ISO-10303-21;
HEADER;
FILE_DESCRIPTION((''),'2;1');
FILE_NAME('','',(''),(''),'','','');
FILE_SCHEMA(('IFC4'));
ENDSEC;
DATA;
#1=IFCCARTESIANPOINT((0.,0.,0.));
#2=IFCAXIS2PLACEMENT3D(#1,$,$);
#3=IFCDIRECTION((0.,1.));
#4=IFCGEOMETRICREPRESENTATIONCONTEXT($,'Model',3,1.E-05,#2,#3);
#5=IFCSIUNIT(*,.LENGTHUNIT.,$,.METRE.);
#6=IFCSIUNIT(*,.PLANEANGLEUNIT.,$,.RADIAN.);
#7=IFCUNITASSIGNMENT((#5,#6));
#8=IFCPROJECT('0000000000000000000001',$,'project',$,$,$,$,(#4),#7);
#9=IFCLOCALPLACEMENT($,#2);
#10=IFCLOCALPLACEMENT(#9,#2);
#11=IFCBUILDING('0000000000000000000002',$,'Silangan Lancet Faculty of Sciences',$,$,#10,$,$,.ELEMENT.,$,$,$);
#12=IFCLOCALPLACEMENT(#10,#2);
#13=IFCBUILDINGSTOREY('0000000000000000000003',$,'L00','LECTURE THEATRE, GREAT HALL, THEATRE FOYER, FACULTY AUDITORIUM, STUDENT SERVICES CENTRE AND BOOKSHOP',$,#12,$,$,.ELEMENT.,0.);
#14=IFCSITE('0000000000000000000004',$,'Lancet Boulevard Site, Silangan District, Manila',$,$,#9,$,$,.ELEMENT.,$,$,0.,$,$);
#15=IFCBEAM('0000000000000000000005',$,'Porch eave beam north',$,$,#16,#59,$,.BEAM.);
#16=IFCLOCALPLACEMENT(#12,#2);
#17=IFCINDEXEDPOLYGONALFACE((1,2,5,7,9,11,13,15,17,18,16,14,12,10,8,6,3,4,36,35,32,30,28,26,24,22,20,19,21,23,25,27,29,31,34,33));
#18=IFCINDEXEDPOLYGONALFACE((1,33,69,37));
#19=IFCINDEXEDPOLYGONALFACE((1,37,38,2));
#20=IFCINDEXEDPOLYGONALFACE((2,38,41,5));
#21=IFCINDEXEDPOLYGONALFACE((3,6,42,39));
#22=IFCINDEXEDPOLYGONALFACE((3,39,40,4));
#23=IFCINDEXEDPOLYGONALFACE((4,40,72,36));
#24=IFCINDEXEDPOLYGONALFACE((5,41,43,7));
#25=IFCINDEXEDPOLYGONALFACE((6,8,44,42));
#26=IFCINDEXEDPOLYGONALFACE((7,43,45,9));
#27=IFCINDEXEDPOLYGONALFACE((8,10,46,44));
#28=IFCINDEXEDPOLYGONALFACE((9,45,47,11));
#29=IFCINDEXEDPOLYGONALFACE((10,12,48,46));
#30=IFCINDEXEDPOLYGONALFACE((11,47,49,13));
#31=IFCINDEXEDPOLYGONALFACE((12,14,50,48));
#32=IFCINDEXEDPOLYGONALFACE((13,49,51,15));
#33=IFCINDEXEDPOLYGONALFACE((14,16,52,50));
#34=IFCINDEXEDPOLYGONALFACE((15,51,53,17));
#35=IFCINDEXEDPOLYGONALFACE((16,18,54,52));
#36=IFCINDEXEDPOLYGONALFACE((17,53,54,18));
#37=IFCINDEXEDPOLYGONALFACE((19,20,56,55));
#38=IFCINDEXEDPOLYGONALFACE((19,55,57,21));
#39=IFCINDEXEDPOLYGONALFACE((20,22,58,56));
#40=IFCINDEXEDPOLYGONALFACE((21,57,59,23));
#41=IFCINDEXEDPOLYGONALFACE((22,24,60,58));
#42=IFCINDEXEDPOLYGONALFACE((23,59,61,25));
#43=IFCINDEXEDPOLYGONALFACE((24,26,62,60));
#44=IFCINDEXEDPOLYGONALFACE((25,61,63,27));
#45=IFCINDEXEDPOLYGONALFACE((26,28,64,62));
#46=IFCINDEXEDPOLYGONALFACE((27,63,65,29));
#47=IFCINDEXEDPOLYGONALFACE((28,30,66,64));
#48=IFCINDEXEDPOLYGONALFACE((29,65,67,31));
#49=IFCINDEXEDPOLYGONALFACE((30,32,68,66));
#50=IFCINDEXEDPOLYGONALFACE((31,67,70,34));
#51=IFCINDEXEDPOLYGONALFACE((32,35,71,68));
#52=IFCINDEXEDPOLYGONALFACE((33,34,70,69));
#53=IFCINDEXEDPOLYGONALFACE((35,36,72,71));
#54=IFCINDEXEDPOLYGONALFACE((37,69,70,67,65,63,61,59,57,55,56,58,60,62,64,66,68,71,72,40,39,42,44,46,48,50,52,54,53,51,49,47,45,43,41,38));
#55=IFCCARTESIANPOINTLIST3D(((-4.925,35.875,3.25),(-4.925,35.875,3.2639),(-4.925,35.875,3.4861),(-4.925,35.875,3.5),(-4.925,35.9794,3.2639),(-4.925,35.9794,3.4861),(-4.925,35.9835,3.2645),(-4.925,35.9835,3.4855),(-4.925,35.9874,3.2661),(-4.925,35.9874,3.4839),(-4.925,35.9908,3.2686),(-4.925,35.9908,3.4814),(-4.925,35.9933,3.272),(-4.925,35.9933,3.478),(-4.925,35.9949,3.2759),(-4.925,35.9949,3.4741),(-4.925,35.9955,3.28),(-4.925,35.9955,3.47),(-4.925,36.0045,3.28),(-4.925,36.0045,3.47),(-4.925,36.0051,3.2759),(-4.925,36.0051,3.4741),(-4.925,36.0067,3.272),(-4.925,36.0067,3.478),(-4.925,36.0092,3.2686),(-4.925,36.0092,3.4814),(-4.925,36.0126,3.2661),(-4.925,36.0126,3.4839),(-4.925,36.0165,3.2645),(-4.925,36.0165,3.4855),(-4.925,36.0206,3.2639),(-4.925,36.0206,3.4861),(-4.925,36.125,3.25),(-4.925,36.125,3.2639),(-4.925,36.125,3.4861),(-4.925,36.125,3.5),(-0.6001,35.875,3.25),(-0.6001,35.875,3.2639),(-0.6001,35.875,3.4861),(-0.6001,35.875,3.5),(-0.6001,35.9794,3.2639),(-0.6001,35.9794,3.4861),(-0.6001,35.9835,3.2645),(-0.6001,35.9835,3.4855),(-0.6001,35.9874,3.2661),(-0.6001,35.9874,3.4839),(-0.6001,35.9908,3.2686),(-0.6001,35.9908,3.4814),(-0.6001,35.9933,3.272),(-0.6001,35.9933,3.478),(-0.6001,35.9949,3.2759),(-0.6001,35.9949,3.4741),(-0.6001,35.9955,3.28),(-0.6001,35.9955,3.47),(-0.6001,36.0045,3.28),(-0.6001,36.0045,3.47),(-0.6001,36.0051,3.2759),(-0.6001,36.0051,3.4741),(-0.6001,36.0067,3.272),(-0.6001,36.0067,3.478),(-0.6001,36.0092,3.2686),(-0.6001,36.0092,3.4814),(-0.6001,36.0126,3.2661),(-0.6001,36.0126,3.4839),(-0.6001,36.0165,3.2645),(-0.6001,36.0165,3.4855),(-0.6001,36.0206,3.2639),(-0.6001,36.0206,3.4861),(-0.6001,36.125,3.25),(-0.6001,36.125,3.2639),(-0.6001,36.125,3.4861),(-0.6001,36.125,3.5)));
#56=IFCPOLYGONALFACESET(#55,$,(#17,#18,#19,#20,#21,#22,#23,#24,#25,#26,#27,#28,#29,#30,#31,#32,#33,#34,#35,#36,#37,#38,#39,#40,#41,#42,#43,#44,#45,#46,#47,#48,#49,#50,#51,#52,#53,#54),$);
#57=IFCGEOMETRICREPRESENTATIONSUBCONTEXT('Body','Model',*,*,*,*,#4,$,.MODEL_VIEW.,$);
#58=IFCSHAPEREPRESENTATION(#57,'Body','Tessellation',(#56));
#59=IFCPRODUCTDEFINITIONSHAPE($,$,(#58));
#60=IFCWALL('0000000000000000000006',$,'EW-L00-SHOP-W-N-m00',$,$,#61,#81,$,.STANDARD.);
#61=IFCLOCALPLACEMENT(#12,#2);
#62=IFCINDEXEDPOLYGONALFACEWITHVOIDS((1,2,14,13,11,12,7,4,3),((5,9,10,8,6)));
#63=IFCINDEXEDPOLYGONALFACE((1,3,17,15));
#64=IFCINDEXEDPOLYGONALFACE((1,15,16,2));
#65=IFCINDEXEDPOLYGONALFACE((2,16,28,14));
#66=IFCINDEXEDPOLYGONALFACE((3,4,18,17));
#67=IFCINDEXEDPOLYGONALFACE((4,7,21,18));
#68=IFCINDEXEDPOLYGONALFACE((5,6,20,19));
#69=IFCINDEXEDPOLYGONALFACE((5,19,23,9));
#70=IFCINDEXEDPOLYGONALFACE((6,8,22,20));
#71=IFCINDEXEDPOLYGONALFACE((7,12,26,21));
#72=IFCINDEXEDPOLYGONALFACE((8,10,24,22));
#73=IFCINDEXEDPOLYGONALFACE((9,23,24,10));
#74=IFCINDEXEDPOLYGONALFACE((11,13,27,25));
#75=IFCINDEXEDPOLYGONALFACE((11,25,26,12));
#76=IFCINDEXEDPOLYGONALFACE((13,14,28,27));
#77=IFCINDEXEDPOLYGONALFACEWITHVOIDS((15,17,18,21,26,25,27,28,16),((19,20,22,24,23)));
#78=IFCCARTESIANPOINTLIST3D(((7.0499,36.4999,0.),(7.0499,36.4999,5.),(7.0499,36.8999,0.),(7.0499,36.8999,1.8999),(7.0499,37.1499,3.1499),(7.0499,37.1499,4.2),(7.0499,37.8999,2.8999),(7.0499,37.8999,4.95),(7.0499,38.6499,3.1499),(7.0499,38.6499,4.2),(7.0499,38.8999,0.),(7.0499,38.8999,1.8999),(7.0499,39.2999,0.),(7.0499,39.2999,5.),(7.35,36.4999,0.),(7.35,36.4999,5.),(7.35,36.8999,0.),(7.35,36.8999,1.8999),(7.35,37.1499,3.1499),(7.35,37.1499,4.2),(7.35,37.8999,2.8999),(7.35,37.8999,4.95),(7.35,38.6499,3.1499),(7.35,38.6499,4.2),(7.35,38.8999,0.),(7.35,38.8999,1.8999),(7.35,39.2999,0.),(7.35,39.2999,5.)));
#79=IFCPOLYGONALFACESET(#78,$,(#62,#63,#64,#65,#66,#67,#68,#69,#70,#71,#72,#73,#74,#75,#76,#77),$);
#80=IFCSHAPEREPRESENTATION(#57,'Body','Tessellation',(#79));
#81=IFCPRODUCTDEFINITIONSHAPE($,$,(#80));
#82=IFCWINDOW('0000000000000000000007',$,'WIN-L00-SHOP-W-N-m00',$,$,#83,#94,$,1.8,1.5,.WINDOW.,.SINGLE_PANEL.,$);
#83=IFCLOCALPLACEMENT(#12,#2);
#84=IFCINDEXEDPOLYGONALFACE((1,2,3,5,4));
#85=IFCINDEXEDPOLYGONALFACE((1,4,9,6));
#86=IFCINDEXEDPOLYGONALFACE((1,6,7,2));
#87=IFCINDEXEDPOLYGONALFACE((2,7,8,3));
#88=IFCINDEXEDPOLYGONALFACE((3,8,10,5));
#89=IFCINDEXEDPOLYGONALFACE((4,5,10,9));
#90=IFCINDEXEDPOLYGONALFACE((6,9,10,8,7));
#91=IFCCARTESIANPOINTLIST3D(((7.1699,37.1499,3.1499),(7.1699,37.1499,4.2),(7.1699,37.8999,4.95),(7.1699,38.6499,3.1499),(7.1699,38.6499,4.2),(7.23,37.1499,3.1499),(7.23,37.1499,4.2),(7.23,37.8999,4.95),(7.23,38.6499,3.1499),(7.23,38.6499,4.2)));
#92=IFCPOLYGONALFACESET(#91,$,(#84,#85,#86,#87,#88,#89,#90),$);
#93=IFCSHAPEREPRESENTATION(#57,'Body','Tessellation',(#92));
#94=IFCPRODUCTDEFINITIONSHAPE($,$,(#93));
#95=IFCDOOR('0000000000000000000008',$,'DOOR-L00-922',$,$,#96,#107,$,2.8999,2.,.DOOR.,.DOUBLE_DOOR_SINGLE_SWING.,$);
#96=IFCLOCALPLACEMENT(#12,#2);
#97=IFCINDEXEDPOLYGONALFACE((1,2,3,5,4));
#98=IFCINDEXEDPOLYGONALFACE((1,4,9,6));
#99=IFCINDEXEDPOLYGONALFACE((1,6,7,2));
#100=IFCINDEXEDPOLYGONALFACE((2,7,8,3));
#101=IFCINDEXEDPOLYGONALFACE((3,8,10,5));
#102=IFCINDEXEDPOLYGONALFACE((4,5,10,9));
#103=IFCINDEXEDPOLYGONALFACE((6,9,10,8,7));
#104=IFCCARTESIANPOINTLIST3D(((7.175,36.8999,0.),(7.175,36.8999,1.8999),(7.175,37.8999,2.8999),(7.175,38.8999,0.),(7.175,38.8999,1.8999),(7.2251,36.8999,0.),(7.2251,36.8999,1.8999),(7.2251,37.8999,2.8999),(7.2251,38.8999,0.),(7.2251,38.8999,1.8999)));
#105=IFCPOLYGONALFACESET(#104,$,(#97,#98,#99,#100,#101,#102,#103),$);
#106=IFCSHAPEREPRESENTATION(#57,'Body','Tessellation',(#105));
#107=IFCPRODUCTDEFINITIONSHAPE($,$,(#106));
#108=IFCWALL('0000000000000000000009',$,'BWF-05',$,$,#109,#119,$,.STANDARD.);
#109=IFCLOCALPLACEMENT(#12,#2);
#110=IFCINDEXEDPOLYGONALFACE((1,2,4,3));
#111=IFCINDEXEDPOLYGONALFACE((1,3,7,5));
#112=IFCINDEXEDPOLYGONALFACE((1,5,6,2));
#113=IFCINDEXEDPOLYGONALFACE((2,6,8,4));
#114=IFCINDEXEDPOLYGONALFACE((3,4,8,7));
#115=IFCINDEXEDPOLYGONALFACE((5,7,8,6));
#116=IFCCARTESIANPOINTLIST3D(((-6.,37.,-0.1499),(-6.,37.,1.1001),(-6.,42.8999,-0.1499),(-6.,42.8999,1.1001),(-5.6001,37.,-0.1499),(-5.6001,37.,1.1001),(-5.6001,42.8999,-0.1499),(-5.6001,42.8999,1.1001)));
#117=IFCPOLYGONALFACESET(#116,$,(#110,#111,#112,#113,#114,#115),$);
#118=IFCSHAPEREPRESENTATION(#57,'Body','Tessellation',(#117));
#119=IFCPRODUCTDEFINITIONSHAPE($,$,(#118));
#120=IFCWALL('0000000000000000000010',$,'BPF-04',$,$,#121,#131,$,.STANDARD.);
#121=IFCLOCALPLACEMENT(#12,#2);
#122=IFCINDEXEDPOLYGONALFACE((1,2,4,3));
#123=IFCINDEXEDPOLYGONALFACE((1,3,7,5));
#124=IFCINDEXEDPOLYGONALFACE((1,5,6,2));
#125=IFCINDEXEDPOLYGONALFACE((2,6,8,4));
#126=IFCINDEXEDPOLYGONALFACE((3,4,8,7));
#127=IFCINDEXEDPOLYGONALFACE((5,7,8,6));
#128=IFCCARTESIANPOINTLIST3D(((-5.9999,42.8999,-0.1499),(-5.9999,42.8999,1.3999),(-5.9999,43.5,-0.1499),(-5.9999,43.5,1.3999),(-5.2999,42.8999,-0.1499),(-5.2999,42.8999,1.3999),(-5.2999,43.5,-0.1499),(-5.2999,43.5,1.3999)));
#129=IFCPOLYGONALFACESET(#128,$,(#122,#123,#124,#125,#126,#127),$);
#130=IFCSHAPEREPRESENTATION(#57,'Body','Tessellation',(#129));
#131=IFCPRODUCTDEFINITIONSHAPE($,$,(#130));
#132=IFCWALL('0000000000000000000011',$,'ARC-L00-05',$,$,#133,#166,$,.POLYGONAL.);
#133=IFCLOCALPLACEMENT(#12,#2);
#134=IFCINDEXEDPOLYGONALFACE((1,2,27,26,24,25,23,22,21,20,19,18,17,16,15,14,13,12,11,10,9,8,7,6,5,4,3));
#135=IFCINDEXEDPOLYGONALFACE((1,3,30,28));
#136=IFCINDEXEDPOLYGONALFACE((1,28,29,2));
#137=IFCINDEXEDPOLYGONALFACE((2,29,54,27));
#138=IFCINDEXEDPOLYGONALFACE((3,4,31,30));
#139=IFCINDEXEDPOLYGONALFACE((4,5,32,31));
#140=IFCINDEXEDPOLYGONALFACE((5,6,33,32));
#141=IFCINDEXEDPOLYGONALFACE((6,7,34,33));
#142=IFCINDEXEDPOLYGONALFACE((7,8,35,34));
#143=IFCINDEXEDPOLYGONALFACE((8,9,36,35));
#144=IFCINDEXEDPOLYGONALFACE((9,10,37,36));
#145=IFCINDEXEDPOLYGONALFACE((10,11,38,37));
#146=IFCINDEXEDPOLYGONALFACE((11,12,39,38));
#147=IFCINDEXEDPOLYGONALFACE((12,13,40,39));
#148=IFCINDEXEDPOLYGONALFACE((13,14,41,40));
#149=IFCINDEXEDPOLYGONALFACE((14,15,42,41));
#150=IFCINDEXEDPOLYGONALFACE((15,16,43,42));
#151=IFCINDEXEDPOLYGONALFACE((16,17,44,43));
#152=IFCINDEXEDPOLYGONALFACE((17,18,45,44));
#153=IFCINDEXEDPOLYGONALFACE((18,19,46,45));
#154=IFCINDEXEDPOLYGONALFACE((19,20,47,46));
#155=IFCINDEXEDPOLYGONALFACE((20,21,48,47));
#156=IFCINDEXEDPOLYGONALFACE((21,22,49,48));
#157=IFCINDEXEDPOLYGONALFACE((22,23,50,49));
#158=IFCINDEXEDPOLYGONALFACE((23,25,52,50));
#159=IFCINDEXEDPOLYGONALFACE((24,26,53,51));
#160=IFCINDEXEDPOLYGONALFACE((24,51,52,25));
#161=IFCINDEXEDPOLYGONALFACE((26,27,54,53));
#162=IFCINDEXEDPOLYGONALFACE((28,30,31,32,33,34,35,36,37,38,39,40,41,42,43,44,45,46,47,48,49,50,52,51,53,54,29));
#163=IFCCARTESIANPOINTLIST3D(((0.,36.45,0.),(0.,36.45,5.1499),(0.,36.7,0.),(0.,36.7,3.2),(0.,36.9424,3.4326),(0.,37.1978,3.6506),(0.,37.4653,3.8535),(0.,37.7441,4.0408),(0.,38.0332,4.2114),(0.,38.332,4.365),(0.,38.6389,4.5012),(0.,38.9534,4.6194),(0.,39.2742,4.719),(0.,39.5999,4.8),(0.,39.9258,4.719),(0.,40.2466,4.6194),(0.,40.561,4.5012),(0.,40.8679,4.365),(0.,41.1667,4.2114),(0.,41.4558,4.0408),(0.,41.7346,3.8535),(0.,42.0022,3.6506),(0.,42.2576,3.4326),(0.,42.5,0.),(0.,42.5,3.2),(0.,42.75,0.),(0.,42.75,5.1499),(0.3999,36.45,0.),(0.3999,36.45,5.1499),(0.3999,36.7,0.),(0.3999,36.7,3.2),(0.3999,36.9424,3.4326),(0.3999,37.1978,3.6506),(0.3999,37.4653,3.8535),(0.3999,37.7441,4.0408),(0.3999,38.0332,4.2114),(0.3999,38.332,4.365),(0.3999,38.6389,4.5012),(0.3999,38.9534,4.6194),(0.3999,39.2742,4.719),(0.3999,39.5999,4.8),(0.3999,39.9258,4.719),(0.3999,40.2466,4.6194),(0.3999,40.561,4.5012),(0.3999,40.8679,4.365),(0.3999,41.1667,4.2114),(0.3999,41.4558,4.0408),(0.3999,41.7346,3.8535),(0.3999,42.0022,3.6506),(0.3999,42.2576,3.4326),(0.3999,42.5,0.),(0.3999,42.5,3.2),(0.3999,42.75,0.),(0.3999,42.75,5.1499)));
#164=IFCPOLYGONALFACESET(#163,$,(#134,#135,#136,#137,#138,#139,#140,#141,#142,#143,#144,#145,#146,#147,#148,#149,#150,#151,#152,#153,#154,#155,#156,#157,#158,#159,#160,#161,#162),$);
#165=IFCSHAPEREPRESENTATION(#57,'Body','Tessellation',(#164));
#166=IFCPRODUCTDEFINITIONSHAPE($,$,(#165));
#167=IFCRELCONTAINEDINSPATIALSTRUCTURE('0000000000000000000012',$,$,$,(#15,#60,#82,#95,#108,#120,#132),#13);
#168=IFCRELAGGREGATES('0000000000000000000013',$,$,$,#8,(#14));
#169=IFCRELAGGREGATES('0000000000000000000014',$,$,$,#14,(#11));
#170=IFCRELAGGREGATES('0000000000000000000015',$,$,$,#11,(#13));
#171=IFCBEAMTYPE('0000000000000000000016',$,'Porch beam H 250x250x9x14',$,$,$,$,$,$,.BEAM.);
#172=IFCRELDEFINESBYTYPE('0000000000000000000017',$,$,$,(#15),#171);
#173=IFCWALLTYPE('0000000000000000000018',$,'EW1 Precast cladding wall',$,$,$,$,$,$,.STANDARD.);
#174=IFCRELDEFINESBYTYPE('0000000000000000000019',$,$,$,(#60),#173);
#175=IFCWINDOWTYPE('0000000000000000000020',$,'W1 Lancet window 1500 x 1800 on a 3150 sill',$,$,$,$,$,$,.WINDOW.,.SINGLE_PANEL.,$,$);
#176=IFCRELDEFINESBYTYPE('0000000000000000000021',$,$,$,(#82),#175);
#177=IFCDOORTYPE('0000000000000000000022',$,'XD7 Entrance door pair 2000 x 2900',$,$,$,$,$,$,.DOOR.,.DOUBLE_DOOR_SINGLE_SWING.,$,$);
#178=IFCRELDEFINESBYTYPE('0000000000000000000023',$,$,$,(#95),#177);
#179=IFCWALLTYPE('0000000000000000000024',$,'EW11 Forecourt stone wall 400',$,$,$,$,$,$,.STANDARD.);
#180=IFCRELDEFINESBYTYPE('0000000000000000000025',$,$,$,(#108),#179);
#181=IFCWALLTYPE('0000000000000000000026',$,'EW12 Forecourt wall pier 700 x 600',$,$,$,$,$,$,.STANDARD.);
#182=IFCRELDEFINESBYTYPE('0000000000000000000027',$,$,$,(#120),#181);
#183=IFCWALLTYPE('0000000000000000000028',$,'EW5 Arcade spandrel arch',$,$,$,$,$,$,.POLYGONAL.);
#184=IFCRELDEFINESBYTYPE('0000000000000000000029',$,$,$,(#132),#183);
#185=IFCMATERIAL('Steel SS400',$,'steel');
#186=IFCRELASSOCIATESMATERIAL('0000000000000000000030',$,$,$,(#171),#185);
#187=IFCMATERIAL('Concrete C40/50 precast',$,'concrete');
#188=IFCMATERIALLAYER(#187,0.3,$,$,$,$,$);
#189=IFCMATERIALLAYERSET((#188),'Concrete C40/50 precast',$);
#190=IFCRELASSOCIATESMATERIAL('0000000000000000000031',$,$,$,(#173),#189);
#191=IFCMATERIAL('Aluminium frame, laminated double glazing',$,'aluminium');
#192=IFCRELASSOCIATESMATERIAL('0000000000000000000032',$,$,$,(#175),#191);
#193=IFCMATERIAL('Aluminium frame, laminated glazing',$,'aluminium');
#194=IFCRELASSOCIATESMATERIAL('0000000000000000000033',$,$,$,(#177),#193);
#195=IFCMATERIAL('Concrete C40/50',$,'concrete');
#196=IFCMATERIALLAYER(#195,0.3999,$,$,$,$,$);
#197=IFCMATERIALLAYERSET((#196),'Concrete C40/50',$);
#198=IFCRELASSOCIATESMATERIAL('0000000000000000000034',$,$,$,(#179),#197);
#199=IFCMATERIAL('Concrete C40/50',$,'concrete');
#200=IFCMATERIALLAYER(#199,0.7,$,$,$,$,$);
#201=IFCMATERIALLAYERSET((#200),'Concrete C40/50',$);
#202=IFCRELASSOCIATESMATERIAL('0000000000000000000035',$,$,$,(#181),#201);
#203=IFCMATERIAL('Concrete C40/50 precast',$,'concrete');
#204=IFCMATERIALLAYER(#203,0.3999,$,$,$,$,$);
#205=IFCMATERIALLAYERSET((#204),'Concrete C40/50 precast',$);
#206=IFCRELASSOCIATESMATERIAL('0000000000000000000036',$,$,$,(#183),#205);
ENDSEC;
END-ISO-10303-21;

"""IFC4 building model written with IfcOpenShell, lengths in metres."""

from ifc_helpers import new_model, si_unit, direction, frame, frame_2d, origin, origin_2d, place, context, subcontext, project, spatial, polyline, rectangle, i_section, outline, extrude, material, layer, layer_set, material_profile, profile_set, type_object, element, fill, save


model = new_model("IFC4")

# Units and contexts
model_context = context("Model", 3, precision=1e-05, world=origin(), true_north=direction((0.0, 1.0)))
body_context = subcontext(model_context, "Body", "Model", "MODEL_VIEW")
ifc_project = project(units=[si_unit("LENGTHUNIT", "METRE"), si_unit("PLANEANGLEUNIT", "RADIAN")], contexts=[model_context])

# Site, building, storey
site_placement = place(None, origin())
site = spatial("IfcSite", under=ifc_project, at=site_placement, Name="Lancet Boulevard Site, Silangan District, Manila", CompositionType="ELEMENT", RefElevation=0.0)
building_placement = place(site_placement, origin())
building = spatial("IfcBuilding", under=site, at=building_placement, Name="Silangan Lancet Faculty of Sciences", CompositionType="ELEMENT")
storey_placement = place(building_placement, origin())
storey = spatial("IfcBuildingStorey", under=building, at=storey_placement, Name="L00", Description="LECTURE THEATRE, GREAT HALL, THEATRE FOYER, FACULTY AUDITORIUM, STUDENT SERVICES CENTRE AND BOOKSHOP", CompositionType="ELEMENT", Elevation=0.0)

# Beam
ifc_material_1 = material(Name="Steel SS400", Category="steel")
ifc_material_profile_1 = material_profile(ifc_material_1, i_section(OverallWidth=0.25, OverallDepth=0.25, WebThickness=0.009, FlangeThickness=0.0139, FilletRadius=0.0161, at=origin_2d()), Name="H 250x250x9x14")
ifc_profile_set_1 = profile_set([ifc_material_profile_1], Name="Steel SS400")
beam_type_1 = type_object("IfcBeamType", Name="Porch beam H 250x250x9x14", PredefinedType="BEAM", material=ifc_profile_set_1)
beam_1_placement = place(storey_placement, frame((-0.6001, 36.0, 3.375), z_axis=(-1.0, 0.0, 0.0), x_axis=(0.0, -1.0, 0.0)))
element("IfcBeam", 1, at=beam_1_placement, inside=storey, type_object=beam_type_1, Name="Porch eave beam north", PredefinedType="BEAM", context=body_context, shape_type="SweptSolid", body=[
    extrude(i_section(OverallWidth=0.25, OverallDepth=0.25, WebThickness=0.009, FlangeThickness=0.0139, FilletRadius=0.0161, at=origin_2d()), origin(), (0.0, 0.0, 1.0), 4.325),
])

# Wall, openings, window, door
ifc_material_2 = material(Name="Concrete C40/50 precast", Category="concrete")
ifc_layer_1 = layer(ifc_material_2, 0.3)
ifc_layer_set_1 = layer_set([ifc_layer_1], Name="Concrete C40/50 precast")
wall_type_1 = type_object("IfcWallType", Name="EW1 Precast cladding wall", PredefinedType="STANDARD", material=ifc_layer_set_1)
wall_1_placement = place(storey_placement, frame((7.2, 36.5, 0.0), z_axis=(0.0, 0.0, 1.0), x_axis=(0.0, 1.0, 0.0)))
wall_1 = element("IfcWall", 2, at=wall_1_placement, inside=storey, type_object=wall_type_1, Name="EW-L00-SHOP-W-N-m00", PredefinedType="STANDARD", context=body_context, shape_type="SweptSolid", body=[
    extrude(rectangle(XDim=2.8, YDim=0.3, at=frame_2d((1.3999, 0.0))), origin(), (0.0, 0.0, 1.0), 5.0),
])
opening_1_placement = place(wall_1_placement, frame((0.3999, 0.0, 0.0)))
opening_1 = element("IfcOpeningElement", 3, at=opening_1_placement, cuts=wall_1, PredefinedType="OPENING", context=body_context, shape_type="SweptSolid", body=[
    extrude(outline(polyline([(0.0, 0.0), (2.0, 0.0), (2.0, 1.8999), (1.0, 2.8999), (0.0, 1.8999), (0.0, 0.0)])), frame((0.0, 0.1599, 0.0), z_axis=(0.0, -1.0, 0.0), x_axis=(1.0, 0.0, 0.0)), (0.0, 0.0, 1.0), 0.3201),
])
opening_2_placement = place(wall_1_placement, frame((0.6499, 0.0, 3.1499)))
opening_2 = element("IfcOpeningElement", 4, at=opening_2_placement, cuts=wall_1, PredefinedType="OPENING", context=body_context, shape_type="SweptSolid", body=[
    extrude(outline(polyline([(0.0, 0.0), (1.5, 0.0), (1.5, 1.05), (0.75, 1.8), (0.0, 1.05), (0.0, 0.0)])), frame((0.0, 0.1599, 0.0), z_axis=(0.0, -1.0, 0.0), x_axis=(1.0, 0.0, 0.0)), (0.0, 0.0, 1.0), 0.3201),
])
ifc_material_3 = material(Name="Aluminium frame, laminated double glazing", Category="aluminium")
window_type = type_object("IfcWindowType", Name="W1 Lancet window 1500 x 1800 on a 3150 sill", PartitioningType="SINGLE_PANEL", PredefinedType="WINDOW", material=ifc_material_3)
window_placement = place(opening_2_placement, origin())
window = element("IfcWindow", 5, at=window_placement, inside=storey, type_object=window_type, Name="WIN-L00-SHOP-W-N-m00", OverallHeight=1.8, OverallWidth=1.5, PartitioningType="SINGLE_PANEL", PredefinedType="WINDOW", context=body_context, shape_type="SweptSolid", body=[
    extrude(outline(polyline([(0.0, 0.0), (1.5, 0.0), (1.5, 1.05), (0.75, 1.8), (0.0, 1.05), (0.0, 0.0)])), frame((0.0, 0.03, 0.0), z_axis=(0.0, -1.0, 0.0), x_axis=(1.0, 0.0, 0.0)), (0.0, 0.0, 1.0), 0.0601),
])
fill(opening_2, window)
ifc_material_4 = material(Name="Aluminium frame, laminated glazing", Category="aluminium")
door_type = type_object("IfcDoorType", Name="XD7 Entrance door pair 2000 x 2900", OperationType="DOUBLE_DOOR_SINGLE_SWING", PredefinedType="DOOR", material=ifc_material_4)
door_placement = place(opening_1_placement, origin())
door = element("IfcDoor", 6, at=door_placement, inside=storey, type_object=door_type, Name="DOOR-L00-922", OperationType="DOUBLE_DOOR_SINGLE_SWING", OverallHeight=2.8999, OverallWidth=2.0, PredefinedType="DOOR", context=body_context, shape_type="SweptSolid", body=[
    extrude(outline(polyline([(0.0, 0.0), (2.0, 0.0), (2.0, 1.8999), (1.0, 2.8999), (0.0, 1.8999), (0.0, 0.0)])), frame((0.0, 0.0249, 0.0), z_axis=(0.0, -1.0, 0.0), x_axis=(1.0, 0.0, 0.0)), (0.0, 0.0, 1.0), 0.05),
])
fill(opening_1, door)

# Walls
ifc_material_5 = material(Name="Concrete C40/50", Category="concrete")
ifc_layer_2 = layer(ifc_material_5, 0.3999)
ifc_layer_set_2 = layer_set([ifc_layer_2], Name="Concrete C40/50")
wall_type_2 = type_object("IfcWallType", Name="EW11 Forecourt stone wall 400", PredefinedType="STANDARD", material=ifc_layer_set_2)
wall_2_placement = place(storey_placement, frame((-5.8, 37.0, -0.1499), z_axis=(0.0, 0.0, 1.0), x_axis=(0.0, 1.0, 0.0)))
element("IfcWall", 7, at=wall_2_placement, inside=storey, type_object=wall_type_2, Name="BWF-05", PredefinedType="STANDARD", context=body_context, shape_type="SweptSolid", body=[
    extrude(rectangle(XDim=5.8999, YDim=0.3999, at=frame_2d((2.95, 0.0))), origin(), (0.0, 0.0, 1.0), 1.25),
])
ifc_material_6 = material(Name="Concrete C40/50", Category="concrete")
ifc_layer_3 = layer(ifc_material_6, 0.7)
ifc_layer_set_3 = layer_set([ifc_layer_3], Name="Concrete C40/50")
wall_type_3 = type_object("IfcWallType", Name="EW12 Forecourt wall pier 700 x 600", PredefinedType="STANDARD", material=ifc_layer_set_3)
wall_3_placement = place(storey_placement, frame((-5.6499, 42.8999, -0.1499), z_axis=(0.0, 0.0, 1.0), x_axis=(0.0, 1.0, 0.0)))
element("IfcWall", 8, at=wall_3_placement, inside=storey, type_object=wall_type_3, Name="BPF-04", PredefinedType="STANDARD", context=body_context, shape_type="SweptSolid", body=[
    extrude(rectangle(XDim=0.6001, YDim=0.7, at=frame_2d((0.3, 0.0))), origin(), (0.0, 0.0, 1.0), 1.5498),
])
ifc_material_7 = material(Name="Concrete C40/50 precast", Category="concrete")
ifc_layer_4 = layer(ifc_material_7, 0.3999)
ifc_layer_set_4 = layer_set([ifc_layer_4], Name="Concrete C40/50 precast")
wall_type_4 = type_object("IfcWallType", Name="EW5 Arcade spandrel arch", PredefinedType="POLYGONAL", material=ifc_layer_set_4)
wall_4_placement = place(storey_placement, frame((0.2, 36.45, 0.0), z_axis=(0.0, 0.0, 1.0), x_axis=(0.0, 1.0, 0.0)))
element("IfcWall", 9, at=wall_4_placement, inside=storey, type_object=wall_type_4, Name="ARC-L00-05", PredefinedType="POLYGONAL", context=body_context, shape_type="SweptSolid", body=[
    extrude(outline(polyline([(0.0, 0.0), (0.25, 0.0), (0.25, 3.2), (0.4924, 3.4326), (0.7478, 3.6506), (1.0154, 3.8535), (1.2942, 4.0408), (1.5833, 4.2114), (1.8821, 4.365), (2.189, 4.5012), (2.5034, 4.6194), (2.8242, 4.719), (3.1499, 4.8), (3.4758, 4.719), (3.7966, 4.6194), (4.1111, 4.5012), (4.418, 4.365), (4.7168, 4.2114), (5.0059, 4.0408), (5.2847, 3.8535), (5.5522, 3.6506), (5.8076, 3.4326), (6.05, 3.2), (6.05, 0.0), (6.3, 0.0), (6.3, 5.1499), (0.0, 5.1499), (0.0, 0.0)])), frame((0.0, 0.2, 0.0), z_axis=(0.0, -1.0, 0.0), x_axis=(1.0, 0.0, 0.0)), (0.0, 0.0, 1.0), 0.3999),
])

save(model, "model.ifc")
